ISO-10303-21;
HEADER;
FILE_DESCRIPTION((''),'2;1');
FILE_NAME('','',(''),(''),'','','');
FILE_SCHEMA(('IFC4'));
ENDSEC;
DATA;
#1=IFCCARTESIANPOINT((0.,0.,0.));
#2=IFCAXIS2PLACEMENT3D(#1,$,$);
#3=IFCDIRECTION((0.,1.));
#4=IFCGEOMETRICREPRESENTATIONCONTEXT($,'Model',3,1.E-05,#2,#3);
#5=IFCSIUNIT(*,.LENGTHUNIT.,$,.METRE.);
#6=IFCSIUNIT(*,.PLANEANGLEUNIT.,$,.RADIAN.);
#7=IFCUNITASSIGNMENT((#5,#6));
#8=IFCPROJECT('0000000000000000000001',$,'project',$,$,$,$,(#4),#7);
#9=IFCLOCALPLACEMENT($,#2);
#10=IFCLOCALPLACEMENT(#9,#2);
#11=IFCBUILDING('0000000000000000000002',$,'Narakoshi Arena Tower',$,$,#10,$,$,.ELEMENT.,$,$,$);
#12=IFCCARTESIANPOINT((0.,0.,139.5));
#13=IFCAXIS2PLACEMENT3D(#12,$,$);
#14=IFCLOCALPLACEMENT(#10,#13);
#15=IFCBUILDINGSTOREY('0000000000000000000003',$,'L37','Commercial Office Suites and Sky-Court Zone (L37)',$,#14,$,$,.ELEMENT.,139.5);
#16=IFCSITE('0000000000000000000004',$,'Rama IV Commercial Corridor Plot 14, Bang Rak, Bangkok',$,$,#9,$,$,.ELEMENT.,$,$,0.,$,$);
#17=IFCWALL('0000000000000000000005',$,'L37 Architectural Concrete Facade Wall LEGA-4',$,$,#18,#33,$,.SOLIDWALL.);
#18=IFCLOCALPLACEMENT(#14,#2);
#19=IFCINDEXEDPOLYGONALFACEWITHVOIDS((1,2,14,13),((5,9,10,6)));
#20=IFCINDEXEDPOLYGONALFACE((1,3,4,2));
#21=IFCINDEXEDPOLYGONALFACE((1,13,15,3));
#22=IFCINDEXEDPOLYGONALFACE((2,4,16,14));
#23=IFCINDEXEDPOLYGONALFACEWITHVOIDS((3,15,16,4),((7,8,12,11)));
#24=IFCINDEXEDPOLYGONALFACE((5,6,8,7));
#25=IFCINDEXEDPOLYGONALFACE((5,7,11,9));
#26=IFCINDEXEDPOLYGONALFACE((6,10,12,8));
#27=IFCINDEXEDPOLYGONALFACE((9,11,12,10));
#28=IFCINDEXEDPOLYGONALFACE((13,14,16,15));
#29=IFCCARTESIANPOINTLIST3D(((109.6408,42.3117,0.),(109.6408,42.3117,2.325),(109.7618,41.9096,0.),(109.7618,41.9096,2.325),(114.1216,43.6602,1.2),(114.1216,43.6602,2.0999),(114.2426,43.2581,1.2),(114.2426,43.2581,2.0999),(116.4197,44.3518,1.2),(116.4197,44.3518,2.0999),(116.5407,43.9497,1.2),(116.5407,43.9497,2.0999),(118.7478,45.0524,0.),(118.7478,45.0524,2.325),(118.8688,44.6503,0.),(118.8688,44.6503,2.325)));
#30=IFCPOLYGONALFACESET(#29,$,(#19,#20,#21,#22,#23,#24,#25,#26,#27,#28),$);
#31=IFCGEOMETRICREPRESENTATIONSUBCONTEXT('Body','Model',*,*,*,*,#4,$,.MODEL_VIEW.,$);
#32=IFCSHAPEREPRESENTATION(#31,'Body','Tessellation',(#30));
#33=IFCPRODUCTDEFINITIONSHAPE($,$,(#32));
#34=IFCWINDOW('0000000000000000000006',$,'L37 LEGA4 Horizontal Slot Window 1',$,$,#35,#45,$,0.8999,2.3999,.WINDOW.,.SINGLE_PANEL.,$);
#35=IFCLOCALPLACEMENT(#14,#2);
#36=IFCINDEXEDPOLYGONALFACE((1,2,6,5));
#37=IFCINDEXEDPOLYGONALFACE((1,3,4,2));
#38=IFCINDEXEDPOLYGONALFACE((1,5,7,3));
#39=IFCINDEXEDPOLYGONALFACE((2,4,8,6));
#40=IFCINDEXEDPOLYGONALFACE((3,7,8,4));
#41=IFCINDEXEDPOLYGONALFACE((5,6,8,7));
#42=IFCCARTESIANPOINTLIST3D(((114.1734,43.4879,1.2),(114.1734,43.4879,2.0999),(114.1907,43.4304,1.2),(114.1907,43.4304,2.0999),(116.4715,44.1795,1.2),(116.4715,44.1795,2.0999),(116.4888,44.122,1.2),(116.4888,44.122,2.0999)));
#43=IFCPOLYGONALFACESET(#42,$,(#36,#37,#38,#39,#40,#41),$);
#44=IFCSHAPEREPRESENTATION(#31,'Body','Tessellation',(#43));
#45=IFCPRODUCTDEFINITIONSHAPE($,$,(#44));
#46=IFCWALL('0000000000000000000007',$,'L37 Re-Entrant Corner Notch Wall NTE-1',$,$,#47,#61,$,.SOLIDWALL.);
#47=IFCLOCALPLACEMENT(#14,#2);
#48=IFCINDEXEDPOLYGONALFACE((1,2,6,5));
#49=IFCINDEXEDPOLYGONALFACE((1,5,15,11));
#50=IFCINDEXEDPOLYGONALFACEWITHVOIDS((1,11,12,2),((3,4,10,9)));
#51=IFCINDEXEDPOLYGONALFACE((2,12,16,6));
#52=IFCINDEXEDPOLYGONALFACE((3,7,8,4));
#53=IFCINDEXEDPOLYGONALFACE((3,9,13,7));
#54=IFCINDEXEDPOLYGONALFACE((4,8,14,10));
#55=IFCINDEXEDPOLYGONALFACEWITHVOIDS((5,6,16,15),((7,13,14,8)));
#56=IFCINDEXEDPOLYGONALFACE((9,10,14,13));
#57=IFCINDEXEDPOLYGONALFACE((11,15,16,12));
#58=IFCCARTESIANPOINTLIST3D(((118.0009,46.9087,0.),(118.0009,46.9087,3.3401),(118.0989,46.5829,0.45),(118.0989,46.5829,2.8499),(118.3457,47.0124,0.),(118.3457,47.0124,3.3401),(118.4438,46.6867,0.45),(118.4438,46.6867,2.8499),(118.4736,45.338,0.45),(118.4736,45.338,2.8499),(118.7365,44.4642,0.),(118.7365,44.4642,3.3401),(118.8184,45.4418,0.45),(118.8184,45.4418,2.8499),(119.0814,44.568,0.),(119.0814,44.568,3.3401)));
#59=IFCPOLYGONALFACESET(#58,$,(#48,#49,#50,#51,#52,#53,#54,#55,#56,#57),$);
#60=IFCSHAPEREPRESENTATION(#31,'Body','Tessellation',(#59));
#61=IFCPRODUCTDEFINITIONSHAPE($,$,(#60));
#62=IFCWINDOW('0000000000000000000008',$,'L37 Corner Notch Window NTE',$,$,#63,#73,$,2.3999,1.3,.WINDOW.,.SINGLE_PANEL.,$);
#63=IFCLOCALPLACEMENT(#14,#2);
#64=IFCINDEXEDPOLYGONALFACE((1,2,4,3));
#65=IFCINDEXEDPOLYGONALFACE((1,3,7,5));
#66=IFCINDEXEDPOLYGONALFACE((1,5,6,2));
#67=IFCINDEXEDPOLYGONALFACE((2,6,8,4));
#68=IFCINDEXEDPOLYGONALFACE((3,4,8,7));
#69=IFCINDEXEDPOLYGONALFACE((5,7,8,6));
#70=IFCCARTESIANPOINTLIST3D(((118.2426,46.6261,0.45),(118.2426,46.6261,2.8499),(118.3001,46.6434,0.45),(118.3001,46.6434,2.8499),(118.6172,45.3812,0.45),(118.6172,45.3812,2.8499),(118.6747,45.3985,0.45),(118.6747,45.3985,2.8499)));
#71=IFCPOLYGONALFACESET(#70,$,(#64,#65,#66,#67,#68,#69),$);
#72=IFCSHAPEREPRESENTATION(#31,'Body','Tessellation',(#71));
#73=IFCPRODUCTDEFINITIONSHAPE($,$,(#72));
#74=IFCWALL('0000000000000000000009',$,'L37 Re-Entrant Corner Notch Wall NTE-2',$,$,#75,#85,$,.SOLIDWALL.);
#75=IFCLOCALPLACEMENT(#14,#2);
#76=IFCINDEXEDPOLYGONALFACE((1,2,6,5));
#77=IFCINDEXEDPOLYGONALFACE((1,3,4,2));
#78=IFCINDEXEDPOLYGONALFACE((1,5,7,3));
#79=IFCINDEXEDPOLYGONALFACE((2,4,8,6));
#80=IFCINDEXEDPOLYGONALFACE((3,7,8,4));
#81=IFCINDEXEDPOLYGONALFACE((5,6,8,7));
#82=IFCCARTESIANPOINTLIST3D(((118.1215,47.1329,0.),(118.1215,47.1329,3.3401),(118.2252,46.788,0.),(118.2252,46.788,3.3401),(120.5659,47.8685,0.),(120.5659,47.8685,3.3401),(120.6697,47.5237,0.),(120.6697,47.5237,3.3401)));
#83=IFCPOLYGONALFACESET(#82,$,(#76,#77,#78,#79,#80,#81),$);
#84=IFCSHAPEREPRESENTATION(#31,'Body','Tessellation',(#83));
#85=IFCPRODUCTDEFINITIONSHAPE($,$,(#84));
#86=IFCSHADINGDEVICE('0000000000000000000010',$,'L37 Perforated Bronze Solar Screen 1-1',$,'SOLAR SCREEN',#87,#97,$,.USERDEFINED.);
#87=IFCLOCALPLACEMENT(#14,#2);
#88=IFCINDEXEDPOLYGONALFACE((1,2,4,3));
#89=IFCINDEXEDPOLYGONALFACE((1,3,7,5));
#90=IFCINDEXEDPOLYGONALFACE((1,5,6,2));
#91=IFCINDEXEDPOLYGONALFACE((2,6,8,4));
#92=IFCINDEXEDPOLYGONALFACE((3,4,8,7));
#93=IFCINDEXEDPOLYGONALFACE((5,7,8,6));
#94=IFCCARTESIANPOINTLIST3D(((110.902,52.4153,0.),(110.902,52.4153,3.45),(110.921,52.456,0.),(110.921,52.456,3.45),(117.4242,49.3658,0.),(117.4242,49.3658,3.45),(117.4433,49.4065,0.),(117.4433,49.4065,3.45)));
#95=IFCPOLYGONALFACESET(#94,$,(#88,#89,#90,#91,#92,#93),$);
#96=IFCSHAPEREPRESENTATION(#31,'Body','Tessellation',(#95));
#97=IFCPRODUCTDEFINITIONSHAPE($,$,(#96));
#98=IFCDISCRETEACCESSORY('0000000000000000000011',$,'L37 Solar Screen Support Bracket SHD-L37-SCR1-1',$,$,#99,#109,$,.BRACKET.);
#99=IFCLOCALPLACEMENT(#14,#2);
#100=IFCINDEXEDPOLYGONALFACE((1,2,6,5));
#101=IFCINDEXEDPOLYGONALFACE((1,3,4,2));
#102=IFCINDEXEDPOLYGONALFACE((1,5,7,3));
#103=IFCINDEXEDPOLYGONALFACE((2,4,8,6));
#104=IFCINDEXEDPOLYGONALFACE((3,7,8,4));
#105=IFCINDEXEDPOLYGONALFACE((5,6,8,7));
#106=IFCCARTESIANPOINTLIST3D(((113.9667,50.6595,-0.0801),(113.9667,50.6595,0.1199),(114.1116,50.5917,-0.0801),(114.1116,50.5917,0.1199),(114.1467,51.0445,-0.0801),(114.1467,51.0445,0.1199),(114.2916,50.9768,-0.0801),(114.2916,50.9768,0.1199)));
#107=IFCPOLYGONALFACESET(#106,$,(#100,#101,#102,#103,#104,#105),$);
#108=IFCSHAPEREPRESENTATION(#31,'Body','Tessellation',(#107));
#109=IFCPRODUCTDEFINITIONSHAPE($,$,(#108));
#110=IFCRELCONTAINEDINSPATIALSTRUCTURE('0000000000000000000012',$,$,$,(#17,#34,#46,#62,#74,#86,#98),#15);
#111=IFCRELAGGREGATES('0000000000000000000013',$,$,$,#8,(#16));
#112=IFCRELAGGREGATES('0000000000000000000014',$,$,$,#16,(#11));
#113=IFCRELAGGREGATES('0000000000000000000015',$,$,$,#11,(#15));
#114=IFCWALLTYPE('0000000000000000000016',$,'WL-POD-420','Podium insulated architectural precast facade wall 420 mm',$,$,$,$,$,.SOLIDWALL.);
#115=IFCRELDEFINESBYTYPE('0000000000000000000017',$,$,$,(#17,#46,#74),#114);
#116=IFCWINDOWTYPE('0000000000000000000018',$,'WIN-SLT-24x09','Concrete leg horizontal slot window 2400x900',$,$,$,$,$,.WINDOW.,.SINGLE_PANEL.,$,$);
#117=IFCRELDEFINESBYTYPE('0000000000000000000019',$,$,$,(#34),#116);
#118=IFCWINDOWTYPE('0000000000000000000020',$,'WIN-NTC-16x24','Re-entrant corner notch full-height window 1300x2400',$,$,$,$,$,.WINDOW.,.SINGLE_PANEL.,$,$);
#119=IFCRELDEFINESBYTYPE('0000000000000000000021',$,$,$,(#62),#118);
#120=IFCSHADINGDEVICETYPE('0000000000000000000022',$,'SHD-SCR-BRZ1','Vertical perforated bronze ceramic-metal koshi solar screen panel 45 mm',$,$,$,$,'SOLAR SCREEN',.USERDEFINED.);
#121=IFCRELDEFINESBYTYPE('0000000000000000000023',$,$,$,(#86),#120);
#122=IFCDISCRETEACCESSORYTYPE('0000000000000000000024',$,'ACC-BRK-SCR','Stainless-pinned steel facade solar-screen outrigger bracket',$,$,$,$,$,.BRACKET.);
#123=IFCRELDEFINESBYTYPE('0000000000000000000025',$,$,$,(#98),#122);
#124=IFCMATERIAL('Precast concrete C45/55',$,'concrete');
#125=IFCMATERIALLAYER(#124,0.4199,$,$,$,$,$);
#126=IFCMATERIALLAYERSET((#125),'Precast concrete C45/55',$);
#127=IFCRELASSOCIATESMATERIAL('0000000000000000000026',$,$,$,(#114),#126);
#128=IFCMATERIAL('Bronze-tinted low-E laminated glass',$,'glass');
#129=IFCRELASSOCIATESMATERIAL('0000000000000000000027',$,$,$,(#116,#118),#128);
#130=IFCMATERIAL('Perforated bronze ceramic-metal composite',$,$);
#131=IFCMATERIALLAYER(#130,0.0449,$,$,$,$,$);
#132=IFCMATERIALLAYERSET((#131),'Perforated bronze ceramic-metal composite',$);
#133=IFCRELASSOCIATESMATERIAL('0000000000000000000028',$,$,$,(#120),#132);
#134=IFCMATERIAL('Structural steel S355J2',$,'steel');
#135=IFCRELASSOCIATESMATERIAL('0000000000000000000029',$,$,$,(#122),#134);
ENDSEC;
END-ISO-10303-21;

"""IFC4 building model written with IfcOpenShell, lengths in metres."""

from ifc_helpers import new_model, si_unit, direction, frame, frame_2d, origin, origin_2d, place, context, subcontext, project, spatial, rectangle, extrude, material, layer, layer_set, type_object, element, fill, save


model = new_model("IFC4")

# Units and contexts
model_context = context("Model", 3, precision=1e-05, world=origin(), true_north=direction((0.0, 1.0)))
body_context = subcontext(model_context, "Body", "Model", "MODEL_VIEW")
ifc_project = project(units=[si_unit("LENGTHUNIT", "METRE"), si_unit("PLANEANGLEUNIT", "RADIAN")], contexts=[model_context])

# Site, building, storey
site_placement = place(None, origin())
site = spatial("IfcSite", under=ifc_project, at=site_placement, Name="Rama IV Commercial Corridor Plot 14, Bang Rak, Bangkok", CompositionType="ELEMENT", RefElevation=0.0)
building_placement = place(site_placement, origin())
building = spatial("IfcBuilding", under=site, at=building_placement, Name="Narakoshi Arena Tower", CompositionType="ELEMENT")
storey_placement = place(building_placement, frame((0.0, 0.0, 139.5)))
storey = spatial("IfcBuildingStorey", under=building, at=storey_placement, Name="L37", Description="Commercial Office Suites and Sky-Court Zone (L37)", CompositionType="ELEMENT", Elevation=139.5)

# Shared definitions
ifc_material_1 = material(Name="Structural steel S355J2", Category="steel")

# Shared definitions
ifc_material_2 = material(Name="Bronze-tinted low-E laminated glass", Category="glass")

# Shared definitions
ifc_material_3 = material(Name="Precast concrete C45/55", Category="concrete")

# Walls, openings, windows
ifc_layer_1 = layer(ifc_material_3, 0.4199)
ifc_layer_set_1 = layer_set([ifc_layer_1], Name="Precast concrete C45/55")
wall_type_1 = type_object("IfcWallType", Name="WL-POD-420", Description="Podium insulated architectural precast facade wall 420 mm", PredefinedType="SOLIDWALL", material=ifc_layer_set_1)
wall_1_placement = place(storey_placement, frame((109.7012, 42.1106, 0.0), z_axis=(0.0, 0.0, 1.0), x_axis=(0.957576, 0.288181, 0.0)))
wall_1 = element("IfcWall", 1, at=wall_1_placement, inside=storey, type_object=wall_type_1, Name="L37 Architectural Concrete Facade Wall LEGA-4", PredefinedType="SOLIDWALL", context=body_context, shape_type="SweptSolid", body=[
    extrude(rectangle(XDim=9.5105, YDim=0.4199, at=frame_2d((4.7554, 0.0))), origin(), (0.0, 0.0, 1.0), 2.325),
])
opening_1_placement = place(wall_1_placement, frame((4.6794, 0.0, 1.2)))
opening_1 = element("IfcOpeningElement", 2, at=opening_1_placement, cuts=wall_1, PredefinedType="OPENING", context=body_context, shape_type="SweptSolid", body=[
    extrude(rectangle(XDim=2.3999, YDim=0.8999, at=frame_2d((1.2, 0.45))), frame((0.0, 0.22, 0.0), z_axis=(0.0, -1.0, 0.0), x_axis=(1.0, 0.0, 0.0)), (0.0, 0.0, 1.0), 0.4399),
])
window_type_1 = type_object("IfcWindowType", Name="WIN-SLT-24x09", Description="Concrete leg horizontal slot window 2400x900", PartitioningType="SINGLE_PANEL", PredefinedType="WINDOW", material=ifc_material_2)
window_1_placement = place(opening_1_placement, origin())
window_1 = element("IfcWindow", 3, at=window_1_placement, inside=storey, type_object=window_type_1, Name="L37 LEGA4 Horizontal Slot Window 1", OverallHeight=0.8999, OverallWidth=2.3999, PartitioningType="SINGLE_PANEL", PredefinedType="WINDOW", context=body_context, shape_type="SweptSolid", body=[
    extrude(rectangle(XDim=2.3999, YDim=0.8999, at=frame_2d((1.2, 0.45))), frame((0.0, 0.03, 0.0), z_axis=(0.0, -1.0, 0.0), x_axis=(1.0, 0.0, 0.0)), (0.0, 0.0, 1.0), 0.0601),
])
fill(opening_1, window_1)
wall_2_placement = place(storey_placement, frame((118.9089, 44.5161, 0.0), z_axis=(0.0, 0.0, 1.0), x_axis=(-0.288173, 0.957578, 0.0)))
wall_2 = element("IfcWall", 4, at=wall_2_placement, inside=storey, type_object=wall_type_1, Name="L37 Re-Entrant Corner Notch Wall NTE-1", PredefinedType="SOLIDWALL", context=body_context, shape_type="SweptSolid", body=[
    extrude(rectangle(XDim=2.5527, YDim=0.3601, at=frame_2d((1.2764, 0.0))), origin(), (0.0, 0.0, 1.0), 3.3401),
])
opening_2_placement = place(wall_2_placement, frame((0.9126, 0.0, 0.45)))
opening_2 = element("IfcOpeningElement", 5, at=opening_2_placement, cuts=wall_2, PredefinedType="OPENING", context=body_context, shape_type="SweptSolid", body=[
    extrude(rectangle(XDim=1.3, YDim=2.3999, at=frame_2d((0.6499, 1.2))), frame((0.0, 0.1899, 0.0), z_axis=(0.0, -1.0, 0.0), x_axis=(1.0, 0.0, 0.0)), (0.0, 0.0, 1.0), 0.3801),
])
window_type_2 = type_object("IfcWindowType", Name="WIN-NTC-16x24", Description="Re-entrant corner notch full-height window 1300x2400", PartitioningType="SINGLE_PANEL", PredefinedType="WINDOW", material=ifc_material_2)
window_2_placement = place(opening_2_placement, origin())
window_2 = element("IfcWindow", 6, at=window_2_placement, inside=storey, type_object=window_type_2, Name="L37 Corner Notch Window NTE", OverallHeight=2.3999, OverallWidth=1.3, PartitioningType="SINGLE_PANEL", PredefinedType="WINDOW", context=body_context, shape_type="SweptSolid", body=[
    extrude(rectangle(XDim=1.3, YDim=2.3999, at=frame_2d((0.6499, 1.2))), frame((0.0, 0.03, 0.0), z_axis=(0.0, -1.0, 0.0), x_axis=(1.0, 0.0, 0.0)), (0.0, 0.0, 1.0), 0.0601),
])
fill(opening_2, window_2)

# Wall
wall_3_placement = place(storey_placement, frame((118.1733, 46.9604, 0.0), z_axis=(0.0, 0.0, 1.0), x_axis=(0.957578, 0.288173, 0.0)))
element("IfcWall", 7, at=wall_3_placement, inside=storey, type_object=wall_type_1, Name="L37 Re-Entrant Corner Notch Wall NTE-2", PredefinedType="SOLIDWALL", context=body_context, shape_type="SweptSolid", body=[
    extrude(rectangle(XDim=2.5527, YDim=0.3601, at=frame_2d((1.2764, 0.0))), origin(), (0.0, 0.0, 1.0), 3.3401),
])

# Shading device
ifc_material_4 = material(Name="Perforated bronze ceramic-metal composite")
ifc_layer_2 = layer(ifc_material_4, 0.0449)
ifc_layer_set_2 = layer_set([ifc_layer_2], Name="Perforated bronze ceramic-metal composite")
shading_device_type = type_object("IfcShadingDeviceType", Name="SHD-SCR-BRZ1", Description="Vertical perforated bronze ceramic-metal koshi solar screen panel 45 mm", ElementType="SOLAR SCREEN", PredefinedType="USERDEFINED", material=ifc_layer_set_2)
shading_device_placement = place(storey_placement, frame((114.1726, 50.9109, 0.0), z_axis=(0.0, 0.0, 1.0), x_axis=(-0.90588, 0.423535, 0.0)))
element("IfcShadingDevice", 8, at=shading_device_placement, inside=storey, type_object=shading_device_type, Name="L37 Perforated Bronze Solar Screen 1-1", ObjectType="SOLAR SCREEN", PredefinedType="USERDEFINED", context=body_context, shape_type="SweptSolid", body=[
    extrude(rectangle(XDim=7.2, YDim=0.0449, at=origin_2d()), origin(), (0.0, 0.0, 1.0), 3.45),
])

# Discrete accessory
discrete_accessory_type = type_object("IfcDiscreteAccessoryType", Name="ACC-BRK-SCR", Description="Stainless-pinned steel facade solar-screen outrigger bracket", PredefinedType="BRACKET", material=ifc_material_1)
discrete_accessory_placement = place(storey_placement, frame((114.1292, 50.8181, -0.0801), z_axis=(0.0, 0.0, 1.0), x_axis=(-0.90588, 0.423535, 0.0)))
element("IfcDiscreteAccessory", 9, at=discrete_accessory_placement, inside=storey, type_object=discrete_accessory_type, Name="L37 Solar Screen Support Bracket SHD-L37-SCR1-1", PredefinedType="BRACKET", context=body_context, shape_type="SweptSolid", body=[
    extrude(rectangle(XDim=0.1599, YDim=0.425, at=origin_2d()), origin(), (0.0, 0.0, 1.0), 0.2),
])

save(model, "model.ifc")
